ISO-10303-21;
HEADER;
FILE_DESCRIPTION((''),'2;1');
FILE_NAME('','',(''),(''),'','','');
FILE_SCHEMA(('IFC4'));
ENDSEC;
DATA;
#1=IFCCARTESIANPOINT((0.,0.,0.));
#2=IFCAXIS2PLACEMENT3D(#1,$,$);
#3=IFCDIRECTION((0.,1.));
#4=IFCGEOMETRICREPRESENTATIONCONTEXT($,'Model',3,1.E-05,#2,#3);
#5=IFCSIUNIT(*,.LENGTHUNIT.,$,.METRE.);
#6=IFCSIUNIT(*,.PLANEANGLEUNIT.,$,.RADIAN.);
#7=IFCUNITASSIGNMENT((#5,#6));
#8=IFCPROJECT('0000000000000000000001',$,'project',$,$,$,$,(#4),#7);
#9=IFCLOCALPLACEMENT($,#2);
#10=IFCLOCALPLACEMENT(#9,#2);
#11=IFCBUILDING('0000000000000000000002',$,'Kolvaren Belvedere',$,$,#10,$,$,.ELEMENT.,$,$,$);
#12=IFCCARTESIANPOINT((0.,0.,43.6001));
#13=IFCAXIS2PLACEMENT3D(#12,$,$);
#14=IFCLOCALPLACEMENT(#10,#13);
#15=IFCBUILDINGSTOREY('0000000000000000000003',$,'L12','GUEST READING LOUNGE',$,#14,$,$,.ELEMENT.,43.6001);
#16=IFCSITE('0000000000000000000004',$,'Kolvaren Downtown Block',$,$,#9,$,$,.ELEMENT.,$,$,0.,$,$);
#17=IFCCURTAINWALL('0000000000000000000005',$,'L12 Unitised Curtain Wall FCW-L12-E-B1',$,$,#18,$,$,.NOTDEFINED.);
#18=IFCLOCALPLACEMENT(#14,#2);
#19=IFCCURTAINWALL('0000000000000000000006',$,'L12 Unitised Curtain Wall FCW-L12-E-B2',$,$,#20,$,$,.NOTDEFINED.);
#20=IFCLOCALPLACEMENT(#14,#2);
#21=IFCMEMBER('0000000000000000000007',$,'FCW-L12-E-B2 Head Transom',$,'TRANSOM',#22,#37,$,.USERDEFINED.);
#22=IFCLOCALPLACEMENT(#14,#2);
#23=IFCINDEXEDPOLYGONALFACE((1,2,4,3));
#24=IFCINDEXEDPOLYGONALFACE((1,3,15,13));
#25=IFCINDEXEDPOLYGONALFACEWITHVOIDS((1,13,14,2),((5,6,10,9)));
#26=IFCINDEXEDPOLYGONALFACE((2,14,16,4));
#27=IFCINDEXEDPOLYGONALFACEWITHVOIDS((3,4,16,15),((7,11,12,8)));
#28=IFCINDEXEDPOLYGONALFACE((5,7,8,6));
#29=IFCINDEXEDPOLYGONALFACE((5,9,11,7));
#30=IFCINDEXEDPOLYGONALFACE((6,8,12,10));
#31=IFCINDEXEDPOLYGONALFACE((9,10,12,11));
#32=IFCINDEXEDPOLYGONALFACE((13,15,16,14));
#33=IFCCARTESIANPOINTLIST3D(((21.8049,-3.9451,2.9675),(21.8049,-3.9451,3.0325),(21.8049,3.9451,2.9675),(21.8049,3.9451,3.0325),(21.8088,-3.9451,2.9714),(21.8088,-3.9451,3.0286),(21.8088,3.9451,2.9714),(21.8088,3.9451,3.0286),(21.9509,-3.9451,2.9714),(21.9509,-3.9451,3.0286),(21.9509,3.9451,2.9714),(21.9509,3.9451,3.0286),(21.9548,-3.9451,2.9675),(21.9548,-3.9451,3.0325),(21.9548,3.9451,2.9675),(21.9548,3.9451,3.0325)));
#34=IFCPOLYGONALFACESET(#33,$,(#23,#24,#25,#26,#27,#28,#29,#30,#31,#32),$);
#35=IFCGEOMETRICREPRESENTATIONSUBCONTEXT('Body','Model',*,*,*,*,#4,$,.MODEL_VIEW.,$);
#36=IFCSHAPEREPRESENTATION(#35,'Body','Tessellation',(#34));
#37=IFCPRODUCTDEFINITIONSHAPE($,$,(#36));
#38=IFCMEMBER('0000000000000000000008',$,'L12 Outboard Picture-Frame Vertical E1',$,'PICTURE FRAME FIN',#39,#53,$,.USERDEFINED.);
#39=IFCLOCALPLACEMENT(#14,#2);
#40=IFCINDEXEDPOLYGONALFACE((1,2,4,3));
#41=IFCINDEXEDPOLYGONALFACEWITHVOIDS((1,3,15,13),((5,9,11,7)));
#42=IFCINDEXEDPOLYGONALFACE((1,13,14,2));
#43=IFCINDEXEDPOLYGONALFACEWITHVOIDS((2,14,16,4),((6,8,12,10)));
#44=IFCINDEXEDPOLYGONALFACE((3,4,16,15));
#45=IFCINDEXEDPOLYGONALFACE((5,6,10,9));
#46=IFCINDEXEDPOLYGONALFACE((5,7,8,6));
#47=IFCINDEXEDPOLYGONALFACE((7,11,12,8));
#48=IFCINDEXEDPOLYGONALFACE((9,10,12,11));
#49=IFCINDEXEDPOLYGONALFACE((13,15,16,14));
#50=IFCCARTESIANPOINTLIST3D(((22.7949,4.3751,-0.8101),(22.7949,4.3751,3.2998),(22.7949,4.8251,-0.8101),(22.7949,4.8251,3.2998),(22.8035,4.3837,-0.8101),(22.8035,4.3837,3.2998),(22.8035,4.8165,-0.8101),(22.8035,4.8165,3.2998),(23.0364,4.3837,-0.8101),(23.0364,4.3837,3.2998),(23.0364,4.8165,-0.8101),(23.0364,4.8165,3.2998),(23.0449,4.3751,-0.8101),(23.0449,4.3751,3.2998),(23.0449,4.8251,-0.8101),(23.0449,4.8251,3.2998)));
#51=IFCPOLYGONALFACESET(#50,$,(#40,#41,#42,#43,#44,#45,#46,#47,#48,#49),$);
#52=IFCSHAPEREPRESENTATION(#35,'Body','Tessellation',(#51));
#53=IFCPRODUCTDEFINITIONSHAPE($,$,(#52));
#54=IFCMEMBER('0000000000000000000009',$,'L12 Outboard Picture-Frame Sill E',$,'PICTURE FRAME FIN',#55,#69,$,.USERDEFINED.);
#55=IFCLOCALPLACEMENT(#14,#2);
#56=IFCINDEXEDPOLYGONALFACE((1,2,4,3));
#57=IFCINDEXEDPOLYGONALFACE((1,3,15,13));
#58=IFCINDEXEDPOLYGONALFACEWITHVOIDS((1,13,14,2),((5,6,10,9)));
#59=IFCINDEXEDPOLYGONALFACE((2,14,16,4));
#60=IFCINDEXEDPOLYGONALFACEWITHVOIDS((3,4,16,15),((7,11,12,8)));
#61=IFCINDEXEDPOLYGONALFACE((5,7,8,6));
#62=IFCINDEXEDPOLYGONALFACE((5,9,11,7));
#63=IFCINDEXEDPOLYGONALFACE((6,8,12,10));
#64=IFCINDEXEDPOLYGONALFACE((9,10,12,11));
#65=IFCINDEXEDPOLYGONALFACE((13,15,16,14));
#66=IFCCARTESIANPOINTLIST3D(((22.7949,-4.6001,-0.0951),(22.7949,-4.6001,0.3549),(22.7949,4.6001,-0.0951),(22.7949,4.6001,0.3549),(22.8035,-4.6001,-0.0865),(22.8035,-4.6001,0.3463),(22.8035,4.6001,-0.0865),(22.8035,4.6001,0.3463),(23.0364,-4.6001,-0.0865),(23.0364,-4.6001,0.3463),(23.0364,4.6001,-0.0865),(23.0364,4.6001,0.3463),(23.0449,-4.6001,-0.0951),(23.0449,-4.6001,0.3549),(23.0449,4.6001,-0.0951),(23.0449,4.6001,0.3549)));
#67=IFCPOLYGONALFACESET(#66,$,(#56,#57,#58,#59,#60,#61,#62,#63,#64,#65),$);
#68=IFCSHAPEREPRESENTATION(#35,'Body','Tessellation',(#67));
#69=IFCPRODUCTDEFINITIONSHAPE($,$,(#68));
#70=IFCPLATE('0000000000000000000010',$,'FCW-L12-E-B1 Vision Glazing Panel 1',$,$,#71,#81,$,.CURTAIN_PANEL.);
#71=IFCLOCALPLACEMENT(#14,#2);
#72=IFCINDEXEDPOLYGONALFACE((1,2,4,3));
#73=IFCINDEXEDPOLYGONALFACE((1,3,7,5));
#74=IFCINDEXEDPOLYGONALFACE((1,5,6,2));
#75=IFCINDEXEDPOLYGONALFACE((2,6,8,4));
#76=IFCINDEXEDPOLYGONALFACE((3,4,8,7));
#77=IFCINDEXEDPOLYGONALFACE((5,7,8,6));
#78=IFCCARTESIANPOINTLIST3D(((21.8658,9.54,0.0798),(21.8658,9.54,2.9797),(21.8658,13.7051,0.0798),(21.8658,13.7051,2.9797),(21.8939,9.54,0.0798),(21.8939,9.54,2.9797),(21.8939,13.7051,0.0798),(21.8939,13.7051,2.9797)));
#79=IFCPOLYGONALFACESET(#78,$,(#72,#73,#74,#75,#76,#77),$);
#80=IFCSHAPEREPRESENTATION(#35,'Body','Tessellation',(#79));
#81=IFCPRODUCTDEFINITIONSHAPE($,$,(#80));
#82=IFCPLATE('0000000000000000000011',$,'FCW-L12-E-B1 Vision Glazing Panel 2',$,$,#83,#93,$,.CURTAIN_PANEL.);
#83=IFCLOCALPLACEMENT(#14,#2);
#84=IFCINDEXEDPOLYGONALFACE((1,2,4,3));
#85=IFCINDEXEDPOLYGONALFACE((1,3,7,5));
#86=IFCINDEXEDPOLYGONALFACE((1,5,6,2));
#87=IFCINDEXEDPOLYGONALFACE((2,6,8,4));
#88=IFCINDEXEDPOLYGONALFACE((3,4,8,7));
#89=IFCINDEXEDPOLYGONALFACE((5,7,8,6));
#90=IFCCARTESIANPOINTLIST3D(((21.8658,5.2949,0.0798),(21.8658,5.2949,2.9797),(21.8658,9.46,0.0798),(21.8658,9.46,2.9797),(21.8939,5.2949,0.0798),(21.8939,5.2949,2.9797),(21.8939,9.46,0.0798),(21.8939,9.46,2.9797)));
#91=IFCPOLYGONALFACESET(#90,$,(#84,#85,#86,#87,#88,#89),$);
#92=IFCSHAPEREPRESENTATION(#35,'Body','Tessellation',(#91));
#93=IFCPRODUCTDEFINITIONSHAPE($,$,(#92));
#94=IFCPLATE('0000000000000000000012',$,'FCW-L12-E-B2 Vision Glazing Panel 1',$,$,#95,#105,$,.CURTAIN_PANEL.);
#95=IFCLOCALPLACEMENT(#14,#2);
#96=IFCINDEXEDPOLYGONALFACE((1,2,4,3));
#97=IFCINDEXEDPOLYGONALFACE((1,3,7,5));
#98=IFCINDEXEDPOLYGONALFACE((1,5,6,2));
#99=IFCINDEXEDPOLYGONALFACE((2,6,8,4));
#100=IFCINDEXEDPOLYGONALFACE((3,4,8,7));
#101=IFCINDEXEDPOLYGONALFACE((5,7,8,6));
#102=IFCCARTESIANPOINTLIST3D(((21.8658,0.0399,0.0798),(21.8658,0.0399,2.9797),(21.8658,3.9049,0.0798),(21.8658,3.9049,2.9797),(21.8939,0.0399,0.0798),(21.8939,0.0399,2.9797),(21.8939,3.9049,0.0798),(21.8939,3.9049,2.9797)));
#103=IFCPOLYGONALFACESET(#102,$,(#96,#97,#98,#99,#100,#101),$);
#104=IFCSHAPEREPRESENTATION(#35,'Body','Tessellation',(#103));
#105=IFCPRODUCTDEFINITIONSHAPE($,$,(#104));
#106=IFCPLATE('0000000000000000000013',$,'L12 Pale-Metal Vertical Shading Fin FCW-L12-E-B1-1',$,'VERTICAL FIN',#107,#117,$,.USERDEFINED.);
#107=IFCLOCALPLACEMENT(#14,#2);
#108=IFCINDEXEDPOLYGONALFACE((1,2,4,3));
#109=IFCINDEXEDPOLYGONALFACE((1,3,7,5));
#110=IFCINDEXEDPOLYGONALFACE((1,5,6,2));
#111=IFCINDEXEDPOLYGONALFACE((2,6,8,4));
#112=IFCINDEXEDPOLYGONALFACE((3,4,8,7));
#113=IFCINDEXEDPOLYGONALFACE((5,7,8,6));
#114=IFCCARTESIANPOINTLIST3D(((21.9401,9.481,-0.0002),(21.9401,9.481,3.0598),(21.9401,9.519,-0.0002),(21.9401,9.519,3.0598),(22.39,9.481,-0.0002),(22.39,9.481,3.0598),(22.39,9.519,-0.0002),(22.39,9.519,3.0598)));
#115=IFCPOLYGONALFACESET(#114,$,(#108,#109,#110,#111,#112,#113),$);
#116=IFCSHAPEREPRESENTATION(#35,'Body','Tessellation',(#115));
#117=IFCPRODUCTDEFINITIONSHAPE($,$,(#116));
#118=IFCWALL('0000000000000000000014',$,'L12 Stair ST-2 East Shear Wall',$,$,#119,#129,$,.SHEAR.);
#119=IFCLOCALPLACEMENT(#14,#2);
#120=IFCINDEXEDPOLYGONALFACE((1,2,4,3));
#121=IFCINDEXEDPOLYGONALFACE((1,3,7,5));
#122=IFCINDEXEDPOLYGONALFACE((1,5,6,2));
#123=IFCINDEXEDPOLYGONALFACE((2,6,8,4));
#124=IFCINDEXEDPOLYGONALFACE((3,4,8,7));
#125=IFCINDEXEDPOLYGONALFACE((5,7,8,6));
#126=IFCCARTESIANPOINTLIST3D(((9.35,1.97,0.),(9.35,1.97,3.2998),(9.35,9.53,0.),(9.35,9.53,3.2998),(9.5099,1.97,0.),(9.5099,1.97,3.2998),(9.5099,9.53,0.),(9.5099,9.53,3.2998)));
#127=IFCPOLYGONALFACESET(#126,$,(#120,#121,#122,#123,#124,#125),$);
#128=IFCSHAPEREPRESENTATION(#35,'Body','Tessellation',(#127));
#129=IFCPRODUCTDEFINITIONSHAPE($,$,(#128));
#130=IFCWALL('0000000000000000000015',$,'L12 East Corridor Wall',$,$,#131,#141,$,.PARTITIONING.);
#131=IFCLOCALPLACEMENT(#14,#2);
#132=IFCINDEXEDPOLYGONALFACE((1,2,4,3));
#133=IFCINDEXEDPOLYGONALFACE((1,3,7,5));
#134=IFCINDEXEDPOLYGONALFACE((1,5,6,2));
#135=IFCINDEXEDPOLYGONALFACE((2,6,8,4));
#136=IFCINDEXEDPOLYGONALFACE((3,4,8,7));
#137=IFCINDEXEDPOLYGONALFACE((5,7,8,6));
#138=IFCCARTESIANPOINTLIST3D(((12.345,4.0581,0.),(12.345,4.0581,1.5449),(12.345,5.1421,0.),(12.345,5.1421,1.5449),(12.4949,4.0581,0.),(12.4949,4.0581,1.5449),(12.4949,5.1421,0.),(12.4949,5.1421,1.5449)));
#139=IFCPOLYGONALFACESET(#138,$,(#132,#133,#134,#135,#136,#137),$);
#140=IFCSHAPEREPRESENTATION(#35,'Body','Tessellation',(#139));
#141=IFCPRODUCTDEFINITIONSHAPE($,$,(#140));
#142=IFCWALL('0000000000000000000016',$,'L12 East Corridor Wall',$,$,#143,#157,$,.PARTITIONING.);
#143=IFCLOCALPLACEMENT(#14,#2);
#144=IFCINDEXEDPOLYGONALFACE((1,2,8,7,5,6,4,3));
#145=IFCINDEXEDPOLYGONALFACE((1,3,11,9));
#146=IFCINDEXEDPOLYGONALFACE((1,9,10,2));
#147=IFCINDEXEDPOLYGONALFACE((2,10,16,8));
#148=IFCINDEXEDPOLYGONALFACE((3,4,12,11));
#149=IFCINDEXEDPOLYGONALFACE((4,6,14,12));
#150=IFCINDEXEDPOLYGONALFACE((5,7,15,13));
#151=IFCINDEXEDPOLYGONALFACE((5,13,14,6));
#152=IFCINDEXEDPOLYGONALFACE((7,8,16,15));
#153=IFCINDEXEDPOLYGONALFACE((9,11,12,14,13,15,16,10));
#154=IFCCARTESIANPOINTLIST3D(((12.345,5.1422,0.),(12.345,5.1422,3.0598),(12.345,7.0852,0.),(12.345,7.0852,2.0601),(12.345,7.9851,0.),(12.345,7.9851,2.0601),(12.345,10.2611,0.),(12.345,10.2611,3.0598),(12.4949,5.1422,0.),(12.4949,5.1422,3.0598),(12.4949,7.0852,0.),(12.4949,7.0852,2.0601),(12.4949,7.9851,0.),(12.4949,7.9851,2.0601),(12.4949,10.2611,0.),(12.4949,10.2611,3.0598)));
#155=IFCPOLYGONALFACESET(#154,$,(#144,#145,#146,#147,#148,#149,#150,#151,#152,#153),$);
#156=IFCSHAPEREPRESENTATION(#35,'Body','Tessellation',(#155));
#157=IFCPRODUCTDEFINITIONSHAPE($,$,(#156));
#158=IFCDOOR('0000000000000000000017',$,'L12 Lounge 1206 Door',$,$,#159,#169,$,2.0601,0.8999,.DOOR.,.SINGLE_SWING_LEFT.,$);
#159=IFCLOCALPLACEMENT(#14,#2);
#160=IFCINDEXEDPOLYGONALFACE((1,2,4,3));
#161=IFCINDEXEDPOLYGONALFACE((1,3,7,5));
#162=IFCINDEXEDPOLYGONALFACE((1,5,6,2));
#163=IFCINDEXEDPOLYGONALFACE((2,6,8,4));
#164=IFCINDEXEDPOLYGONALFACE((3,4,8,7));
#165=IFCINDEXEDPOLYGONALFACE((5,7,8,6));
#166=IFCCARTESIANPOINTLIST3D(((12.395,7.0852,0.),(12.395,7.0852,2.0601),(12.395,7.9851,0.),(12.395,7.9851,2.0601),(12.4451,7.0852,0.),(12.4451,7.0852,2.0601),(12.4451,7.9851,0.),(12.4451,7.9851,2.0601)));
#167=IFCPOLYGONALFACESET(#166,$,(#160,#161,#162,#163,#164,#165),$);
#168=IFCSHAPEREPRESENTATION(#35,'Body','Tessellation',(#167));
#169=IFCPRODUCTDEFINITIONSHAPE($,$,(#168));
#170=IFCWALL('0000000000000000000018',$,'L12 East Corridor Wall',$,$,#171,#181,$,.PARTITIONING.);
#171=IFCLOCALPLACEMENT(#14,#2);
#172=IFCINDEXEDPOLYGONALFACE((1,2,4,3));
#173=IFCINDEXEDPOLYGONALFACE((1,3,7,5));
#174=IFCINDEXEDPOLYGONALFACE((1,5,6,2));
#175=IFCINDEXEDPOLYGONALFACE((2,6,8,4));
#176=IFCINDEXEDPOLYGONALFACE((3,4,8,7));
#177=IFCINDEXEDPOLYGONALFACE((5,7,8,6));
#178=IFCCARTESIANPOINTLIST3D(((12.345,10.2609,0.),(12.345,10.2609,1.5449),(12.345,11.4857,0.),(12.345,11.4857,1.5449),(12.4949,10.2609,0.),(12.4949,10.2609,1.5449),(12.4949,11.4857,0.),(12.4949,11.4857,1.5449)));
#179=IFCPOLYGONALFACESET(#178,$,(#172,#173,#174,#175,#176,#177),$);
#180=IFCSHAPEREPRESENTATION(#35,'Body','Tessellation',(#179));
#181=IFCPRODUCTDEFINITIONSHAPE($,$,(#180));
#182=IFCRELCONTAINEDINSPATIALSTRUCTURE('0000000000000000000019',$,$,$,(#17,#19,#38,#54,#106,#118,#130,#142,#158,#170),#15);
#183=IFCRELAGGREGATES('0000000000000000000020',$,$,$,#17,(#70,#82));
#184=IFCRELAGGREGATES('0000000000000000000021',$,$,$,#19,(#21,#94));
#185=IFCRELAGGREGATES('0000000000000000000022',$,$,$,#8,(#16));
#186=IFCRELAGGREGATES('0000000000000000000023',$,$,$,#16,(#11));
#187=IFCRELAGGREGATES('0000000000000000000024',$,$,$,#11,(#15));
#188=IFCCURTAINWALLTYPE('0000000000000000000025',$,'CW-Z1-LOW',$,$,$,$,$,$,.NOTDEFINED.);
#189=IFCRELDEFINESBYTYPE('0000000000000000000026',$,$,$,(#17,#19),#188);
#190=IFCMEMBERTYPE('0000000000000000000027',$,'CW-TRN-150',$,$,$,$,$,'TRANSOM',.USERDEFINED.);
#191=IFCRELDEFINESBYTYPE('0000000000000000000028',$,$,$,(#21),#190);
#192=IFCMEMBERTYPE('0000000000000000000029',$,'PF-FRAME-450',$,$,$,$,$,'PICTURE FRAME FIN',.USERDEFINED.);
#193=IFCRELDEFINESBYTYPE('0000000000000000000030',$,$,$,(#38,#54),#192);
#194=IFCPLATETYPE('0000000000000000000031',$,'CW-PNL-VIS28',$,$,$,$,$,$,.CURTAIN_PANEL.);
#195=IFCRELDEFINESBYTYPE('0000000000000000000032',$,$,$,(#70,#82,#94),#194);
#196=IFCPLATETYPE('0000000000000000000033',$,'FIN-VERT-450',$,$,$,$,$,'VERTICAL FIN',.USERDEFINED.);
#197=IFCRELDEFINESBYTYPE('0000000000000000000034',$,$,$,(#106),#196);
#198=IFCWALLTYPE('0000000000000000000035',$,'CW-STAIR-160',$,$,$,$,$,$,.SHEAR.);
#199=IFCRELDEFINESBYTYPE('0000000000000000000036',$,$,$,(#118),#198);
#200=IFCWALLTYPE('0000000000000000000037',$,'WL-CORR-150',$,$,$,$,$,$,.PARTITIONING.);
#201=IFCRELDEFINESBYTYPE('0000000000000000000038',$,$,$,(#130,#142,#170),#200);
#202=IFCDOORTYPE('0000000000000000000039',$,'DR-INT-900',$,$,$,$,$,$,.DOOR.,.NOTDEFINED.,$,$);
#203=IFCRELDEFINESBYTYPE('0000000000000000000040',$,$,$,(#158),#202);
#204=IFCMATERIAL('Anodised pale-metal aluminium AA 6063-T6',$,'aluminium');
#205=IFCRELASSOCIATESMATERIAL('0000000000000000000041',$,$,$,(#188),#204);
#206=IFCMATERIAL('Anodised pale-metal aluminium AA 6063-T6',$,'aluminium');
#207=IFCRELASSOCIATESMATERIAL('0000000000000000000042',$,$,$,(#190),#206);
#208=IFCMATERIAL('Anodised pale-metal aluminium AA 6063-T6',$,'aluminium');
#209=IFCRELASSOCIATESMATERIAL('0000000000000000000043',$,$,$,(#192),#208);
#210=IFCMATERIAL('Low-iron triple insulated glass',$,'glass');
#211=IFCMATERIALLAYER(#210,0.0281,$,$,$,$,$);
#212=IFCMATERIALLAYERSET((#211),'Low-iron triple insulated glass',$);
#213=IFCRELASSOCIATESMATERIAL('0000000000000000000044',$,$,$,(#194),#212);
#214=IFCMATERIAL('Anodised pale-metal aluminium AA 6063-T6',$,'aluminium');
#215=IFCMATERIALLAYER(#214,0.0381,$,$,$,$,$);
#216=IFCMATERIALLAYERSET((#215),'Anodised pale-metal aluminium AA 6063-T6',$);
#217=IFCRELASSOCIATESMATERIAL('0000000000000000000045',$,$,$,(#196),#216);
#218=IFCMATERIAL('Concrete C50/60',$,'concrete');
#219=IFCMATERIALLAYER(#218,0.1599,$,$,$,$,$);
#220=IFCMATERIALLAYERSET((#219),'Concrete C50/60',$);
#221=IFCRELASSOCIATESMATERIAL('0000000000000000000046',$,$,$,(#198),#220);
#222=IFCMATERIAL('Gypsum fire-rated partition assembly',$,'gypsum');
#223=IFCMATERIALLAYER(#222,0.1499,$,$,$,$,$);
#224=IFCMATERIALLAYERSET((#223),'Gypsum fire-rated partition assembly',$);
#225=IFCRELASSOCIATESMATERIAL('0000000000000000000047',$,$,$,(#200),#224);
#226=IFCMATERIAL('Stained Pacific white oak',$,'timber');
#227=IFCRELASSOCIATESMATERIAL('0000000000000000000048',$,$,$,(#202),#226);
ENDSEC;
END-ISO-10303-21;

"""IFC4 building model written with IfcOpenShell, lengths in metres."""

from ifc_helpers import new_model, si_unit, direction, frame, frame_2d, origin, origin_2d, place, context, subcontext, project, spatial, rectangle, hollow_rectangle, extrude, material, layer, layer_set, material_profile, profile_set, type_object, element, fill, aggregate, save


model = new_model("IFC4")

# Units and contexts
model_context = context("Model", 3, precision=1e-05, world=origin(), true_north=direction((0.0, 1.0)))
body_context = subcontext(model_context, "Body", "Model", "MODEL_VIEW")
ifc_project = project(units=[si_unit("LENGTHUNIT", "METRE"), si_unit("PLANEANGLEUNIT", "RADIAN")], contexts=[model_context])

# Site, building, storey
site_placement = place(None, origin())
site = spatial("IfcSite", under=ifc_project, at=site_placement, Name="Kolvaren Downtown Block", CompositionType="ELEMENT", RefElevation=0.0)
building_placement = place(site_placement, origin())
building = spatial("IfcBuilding", under=site, at=building_placement, Name="Kolvaren Belvedere", CompositionType="ELEMENT")
storey_placement = place(building_placement, frame((0.0, 0.0, 43.6001)))
storey = spatial("IfcBuildingStorey", under=building, at=storey_placement, Name="L12", Description="GUEST READING LOUNGE", CompositionType="ELEMENT", Elevation=43.6001)

# Curtain walls, member
ifc_material_1 = material(Name="Anodised pale-metal aluminium AA 6063-T6", Category="aluminium")
curtain_wall_type = type_object("IfcCurtainWallType", Name="CW-Z1-LOW", PredefinedType="NOTDEFINED", material=ifc_material_1)
curtain_wall_1_placement = place(storey_placement, origin())
curtain_wall_1 = element("IfcCurtainWall", 1, at=curtain_wall_1_placement, inside=storey, type_object=curtain_wall_type, Name="L12 Unitised Curtain Wall FCW-L12-E-B1", PredefinedType="NOTDEFINED")
curtain_wall_2_placement = place(storey_placement, origin())
curtain_wall_2 = element("IfcCurtainWall", 2, at=curtain_wall_2_placement, inside=storey, type_object=curtain_wall_type, Name="L12 Unitised Curtain Wall FCW-L12-E-B2", PredefinedType="NOTDEFINED")
ifc_material_2 = material(Name="Anodised pale-metal aluminium AA 6063-T6", Category="aluminium")
ifc_material_profile_1 = material_profile(ifc_material_2, hollow_rectangle(XDim=0.0649, YDim=0.1499, WallThickness=0.0039, at=origin_2d()), Name="ALU-TRN-150X65")
ifc_profile_set_1 = profile_set([ifc_material_profile_1], Name="Anodised pale-metal aluminium AA 6063-T6")
member_type_1 = type_object("IfcMemberType", Name="CW-TRN-150", ElementType="TRANSOM", PredefinedType="USERDEFINED", material=ifc_profile_set_1)
member_1_placement = place(storey_placement, frame((21.8799, 3.9451, 3.0), z_axis=(0.0, -1.0, 0.0), x_axis=(0.0, 0.0, 1.0)))
member_1 = element("IfcMember", 3, at=member_1_placement, type_object=member_type_1, Name="FCW-L12-E-B2 Head Transom", ObjectType="TRANSOM", PredefinedType="USERDEFINED", context=body_context, shape_type="SweptSolid", body=[
    extrude(hollow_rectangle(XDim=0.0649, YDim=0.1499, WallThickness=0.0039, at=origin_2d()), origin(), (0.0, 0.0, 1.0), 7.8901),
])

# Members
ifc_material_3 = material(Name="Anodised pale-metal aluminium AA 6063-T6", Category="aluminium")
ifc_material_profile_2 = material_profile(ifc_material_3, hollow_rectangle(XDim=0.25, YDim=0.45, WallThickness=0.0085, at=origin_2d()), Name="ALU-PF-450X250")
ifc_profile_set_2 = profile_set([ifc_material_profile_2], Name="Anodised pale-metal aluminium AA 6063-T6")
member_type_2 = type_object("IfcMemberType", Name="PF-FRAME-450", ElementType="PICTURE FRAME FIN", PredefinedType="USERDEFINED", material=ifc_profile_set_2)
member_2_placement = place(storey_placement, frame((22.9199, 4.6001, -0.8101), z_axis=(0.0, 0.0, 1.0), x_axis=(1.0, 0.0, 0.0)))
element("IfcMember", 4, at=member_2_placement, inside=storey, type_object=member_type_2, Name="L12 Outboard Picture-Frame Vertical E1", ObjectType="PICTURE FRAME FIN", PredefinedType="USERDEFINED", context=body_context, shape_type="SweptSolid", body=[
    extrude(hollow_rectangle(XDim=0.25, YDim=0.45, WallThickness=0.0085, at=origin_2d()), origin(), (0.0, 0.0, 1.0), 4.1099),
])
member_3_placement = place(storey_placement, frame((22.9199, 4.6001, 0.1299), z_axis=(0.0, -1.0, 0.0), x_axis=(1.0, 0.0, 0.0)))
element("IfcMember", 5, at=member_3_placement, inside=storey, type_object=member_type_2, Name="L12 Outboard Picture-Frame Sill E", ObjectType="PICTURE FRAME FIN", PredefinedType="USERDEFINED", context=body_context, shape_type="SweptSolid", body=[
    extrude(hollow_rectangle(XDim=0.25, YDim=0.45, WallThickness=0.0085, at=origin_2d()), origin(), (0.0, 0.0, 1.0), 9.2002),
])

# Plates
ifc_material_4 = material(Name="Low-iron triple insulated glass", Category="glass")
ifc_layer_1 = layer(ifc_material_4, 0.0281)
ifc_layer_set_1 = layer_set([ifc_layer_1], Name="Low-iron triple insulated glass")
plate_type_1 = type_object("IfcPlateType", Name="CW-PNL-VIS28", PredefinedType="CURTAIN_PANEL", material=ifc_layer_set_1)
plate_1_placement = place(storey_placement, frame((21.8799, 11.6226, 0.0798), z_axis=(0.0, 0.0, 1.0), x_axis=(0.0, -1.0, 0.0)))
plate_1 = element("IfcPlate", 6, at=plate_1_placement, type_object=plate_type_1, Name="FCW-L12-E-B1 Vision Glazing Panel 1", PredefinedType="CURTAIN_PANEL", context=body_context, shape_type="SweptSolid", body=[
    extrude(rectangle(XDim=4.165, YDim=0.0281, at=origin_2d()), origin(), (0.0, 0.0, 1.0), 2.8999),
])
plate_2_placement = place(storey_placement, frame((21.8799, 7.3774, 0.0798), z_axis=(0.0, 0.0, 1.0), x_axis=(0.0, -1.0, 0.0)))
plate_2 = element("IfcPlate", 7, at=plate_2_placement, type_object=plate_type_1, Name="FCW-L12-E-B1 Vision Glazing Panel 2", PredefinedType="CURTAIN_PANEL", context=body_context, shape_type="SweptSolid", body=[
    extrude(rectangle(XDim=4.165, YDim=0.0281, at=origin_2d()), origin(), (0.0, 0.0, 1.0), 2.8999),
])
aggregate(curtain_wall_1, [plate_1, plate_2])
plate_3_placement = place(storey_placement, frame((21.8799, 1.9724, 0.0798), z_axis=(0.0, 0.0, 1.0), x_axis=(0.0, -1.0, 0.0)))
plate_3 = element("IfcPlate", 8, at=plate_3_placement, type_object=plate_type_1, Name="FCW-L12-E-B2 Vision Glazing Panel 1", PredefinedType="CURTAIN_PANEL", context=body_context, shape_type="SweptSolid", body=[
    extrude(rectangle(XDim=3.865, YDim=0.0281, at=origin_2d()), origin(), (0.0, 0.0, 1.0), 2.8999),
])
aggregate(curtain_wall_2, [member_1, plate_3])
ifc_material_5 = material(Name="Anodised pale-metal aluminium AA 6063-T6", Category="aluminium")
ifc_layer_2 = layer(ifc_material_5, 0.0381)
ifc_layer_set_2 = layer_set([ifc_layer_2], Name="Anodised pale-metal aluminium AA 6063-T6")
plate_type_2 = type_object("IfcPlateType", Name="FIN-VERT-450", ElementType="VERTICAL FIN", PredefinedType="USERDEFINED", material=ifc_layer_set_2)
plate_4_placement = place(storey_placement, frame((22.165, 9.5, -0.0002), z_axis=(0.0, 0.0, 1.0), x_axis=(1.0, 0.0, 0.0)))
element("IfcPlate", 9, at=plate_4_placement, inside=storey, type_object=plate_type_2, Name="L12 Pale-Metal Vertical Shading Fin FCW-L12-E-B1-1", ObjectType="VERTICAL FIN", PredefinedType="USERDEFINED", context=body_context, shape_type="SweptSolid", body=[
    extrude(rectangle(XDim=0.45, YDim=0.0381, at=origin_2d()), origin(), (0.0, 0.0, 1.0), 3.0601),
])

# Walls
ifc_material_6 = material(Name="Concrete C50/60", Category="concrete")
ifc_layer_3 = layer(ifc_material_6, 0.1599)
ifc_layer_set_3 = layer_set([ifc_layer_3], Name="Concrete C50/60")
wall_type_1 = type_object("IfcWallType", Name="CW-STAIR-160", PredefinedType="SHEAR", material=ifc_layer_set_3)
wall_1_placement = place(storey_placement, frame((9.4299, 1.97, 0.0), z_axis=(0.0, 0.0, 1.0), x_axis=(0.0, 1.0, 0.0)))
element("IfcWall", 10, at=wall_1_placement, inside=storey, type_object=wall_type_1, Name="L12 Stair ST-2 East Shear Wall", PredefinedType="SHEAR", context=body_context, shape_type="SweptSolid", body=[
    extrude(rectangle(XDim=7.5601, YDim=0.1599, at=frame_2d((3.78, 0.0))), origin(), (0.0, 0.0, 1.0), 3.2998),
])
ifc_material_7 = material(Name="Gypsum fire-rated partition assembly", Category="gypsum")
ifc_layer_4 = layer(ifc_material_7, 0.1499)
ifc_layer_set_4 = layer_set([ifc_layer_4], Name="Gypsum fire-rated partition assembly")
wall_type_2 = type_object("IfcWallType", Name="WL-CORR-150", PredefinedType="PARTITIONING", material=ifc_layer_set_4)
wall_2_placement = place(storey_placement, frame((12.4199, 4.0581, 0.0), z_axis=(0.0, 0.0, 1.0), x_axis=(0.0, 1.0, 0.0)))
element("IfcWall", 11, at=wall_2_placement, inside=storey, type_object=wall_type_2, Name="L12 East Corridor Wall", PredefinedType="PARTITIONING", context=body_context, shape_type="SweptSolid", body=[
    extrude(rectangle(XDim=1.084, YDim=0.1499, at=frame_2d((0.542, 0.0))), origin(), (0.0, 0.0, 1.0), 1.5449),
])

# Wall, opening, door
wall_3_placement = place(storey_placement, frame((12.4199, 5.1421, 0.0), z_axis=(0.0, 0.0, 1.0), x_axis=(0.0, 1.0, 0.0)))
wall_3 = element("IfcWall", 12, at=wall_3_placement, inside=storey, type_object=wall_type_2, Name="L12 East Corridor Wall", PredefinedType="PARTITIONING", context=body_context, shape_type="SweptSolid", body=[
    extrude(rectangle(XDim=5.1189, YDim=0.1499, at=frame_2d((2.5596, 0.0))), origin(), (0.0, 0.0, 1.0), 3.0598),
])
opening_placement = place(wall_3_placement, frame((1.9431, 0.0, 0.0)))
opening = element("IfcOpeningElement", 13, at=opening_placement, cuts=wall_3, PredefinedType="OPENING", context=body_context, shape_type="SweptSolid", body=[
    extrude(rectangle(XDim=0.8999, YDim=2.0601, at=frame_2d((0.45, 1.03))), frame((0.0, 0.085, 0.0), z_axis=(0.0, -1.0, 0.0), x_axis=(1.0, 0.0, 0.0)), (0.0, 0.0, 1.0), 0.1699),
])
ifc_material_8 = material(Name="Stained Pacific white oak", Category="timber")
door_type = type_object("IfcDoorType", Name="DR-INT-900", OperationType="NOTDEFINED", PredefinedType="DOOR", material=ifc_material_8)
door_placement = place(opening_placement, origin())
door = element("IfcDoor", 14, at=door_placement, inside=storey, type_object=door_type, Name="L12 Lounge 1206 Door", OperationType="SINGLE_SWING_LEFT", OverallHeight=2.0601, OverallWidth=0.8999, PredefinedType="DOOR", context=body_context, shape_type="SweptSolid", body=[
    extrude(rectangle(XDim=0.8999, YDim=2.0601, at=frame_2d((0.45, 1.03))), frame((0.0, 0.0249, 0.0), z_axis=(0.0, -1.0, 0.0), x_axis=(1.0, 0.0, 0.0)), (0.0, 0.0, 1.0), 0.05),
])
fill(opening, door)

# Wall
wall_4_placement = place(storey_placement, frame((12.4199, 10.261, 0.0), z_axis=(0.0, 0.0, 1.0), x_axis=(0.0, 1.0, 0.0)))
element("IfcWall", 15, at=wall_4_placement, inside=storey, type_object=wall_type_2, Name="L12 East Corridor Wall", PredefinedType="PARTITIONING", context=body_context, shape_type="SweptSolid", body=[
    extrude(rectangle(XDim=1.2249, YDim=0.1499, at=frame_2d((0.6123, 0.0))), origin(), (0.0, 0.0, 1.0), 1.5449),
])

save(model, "model.ifc")
